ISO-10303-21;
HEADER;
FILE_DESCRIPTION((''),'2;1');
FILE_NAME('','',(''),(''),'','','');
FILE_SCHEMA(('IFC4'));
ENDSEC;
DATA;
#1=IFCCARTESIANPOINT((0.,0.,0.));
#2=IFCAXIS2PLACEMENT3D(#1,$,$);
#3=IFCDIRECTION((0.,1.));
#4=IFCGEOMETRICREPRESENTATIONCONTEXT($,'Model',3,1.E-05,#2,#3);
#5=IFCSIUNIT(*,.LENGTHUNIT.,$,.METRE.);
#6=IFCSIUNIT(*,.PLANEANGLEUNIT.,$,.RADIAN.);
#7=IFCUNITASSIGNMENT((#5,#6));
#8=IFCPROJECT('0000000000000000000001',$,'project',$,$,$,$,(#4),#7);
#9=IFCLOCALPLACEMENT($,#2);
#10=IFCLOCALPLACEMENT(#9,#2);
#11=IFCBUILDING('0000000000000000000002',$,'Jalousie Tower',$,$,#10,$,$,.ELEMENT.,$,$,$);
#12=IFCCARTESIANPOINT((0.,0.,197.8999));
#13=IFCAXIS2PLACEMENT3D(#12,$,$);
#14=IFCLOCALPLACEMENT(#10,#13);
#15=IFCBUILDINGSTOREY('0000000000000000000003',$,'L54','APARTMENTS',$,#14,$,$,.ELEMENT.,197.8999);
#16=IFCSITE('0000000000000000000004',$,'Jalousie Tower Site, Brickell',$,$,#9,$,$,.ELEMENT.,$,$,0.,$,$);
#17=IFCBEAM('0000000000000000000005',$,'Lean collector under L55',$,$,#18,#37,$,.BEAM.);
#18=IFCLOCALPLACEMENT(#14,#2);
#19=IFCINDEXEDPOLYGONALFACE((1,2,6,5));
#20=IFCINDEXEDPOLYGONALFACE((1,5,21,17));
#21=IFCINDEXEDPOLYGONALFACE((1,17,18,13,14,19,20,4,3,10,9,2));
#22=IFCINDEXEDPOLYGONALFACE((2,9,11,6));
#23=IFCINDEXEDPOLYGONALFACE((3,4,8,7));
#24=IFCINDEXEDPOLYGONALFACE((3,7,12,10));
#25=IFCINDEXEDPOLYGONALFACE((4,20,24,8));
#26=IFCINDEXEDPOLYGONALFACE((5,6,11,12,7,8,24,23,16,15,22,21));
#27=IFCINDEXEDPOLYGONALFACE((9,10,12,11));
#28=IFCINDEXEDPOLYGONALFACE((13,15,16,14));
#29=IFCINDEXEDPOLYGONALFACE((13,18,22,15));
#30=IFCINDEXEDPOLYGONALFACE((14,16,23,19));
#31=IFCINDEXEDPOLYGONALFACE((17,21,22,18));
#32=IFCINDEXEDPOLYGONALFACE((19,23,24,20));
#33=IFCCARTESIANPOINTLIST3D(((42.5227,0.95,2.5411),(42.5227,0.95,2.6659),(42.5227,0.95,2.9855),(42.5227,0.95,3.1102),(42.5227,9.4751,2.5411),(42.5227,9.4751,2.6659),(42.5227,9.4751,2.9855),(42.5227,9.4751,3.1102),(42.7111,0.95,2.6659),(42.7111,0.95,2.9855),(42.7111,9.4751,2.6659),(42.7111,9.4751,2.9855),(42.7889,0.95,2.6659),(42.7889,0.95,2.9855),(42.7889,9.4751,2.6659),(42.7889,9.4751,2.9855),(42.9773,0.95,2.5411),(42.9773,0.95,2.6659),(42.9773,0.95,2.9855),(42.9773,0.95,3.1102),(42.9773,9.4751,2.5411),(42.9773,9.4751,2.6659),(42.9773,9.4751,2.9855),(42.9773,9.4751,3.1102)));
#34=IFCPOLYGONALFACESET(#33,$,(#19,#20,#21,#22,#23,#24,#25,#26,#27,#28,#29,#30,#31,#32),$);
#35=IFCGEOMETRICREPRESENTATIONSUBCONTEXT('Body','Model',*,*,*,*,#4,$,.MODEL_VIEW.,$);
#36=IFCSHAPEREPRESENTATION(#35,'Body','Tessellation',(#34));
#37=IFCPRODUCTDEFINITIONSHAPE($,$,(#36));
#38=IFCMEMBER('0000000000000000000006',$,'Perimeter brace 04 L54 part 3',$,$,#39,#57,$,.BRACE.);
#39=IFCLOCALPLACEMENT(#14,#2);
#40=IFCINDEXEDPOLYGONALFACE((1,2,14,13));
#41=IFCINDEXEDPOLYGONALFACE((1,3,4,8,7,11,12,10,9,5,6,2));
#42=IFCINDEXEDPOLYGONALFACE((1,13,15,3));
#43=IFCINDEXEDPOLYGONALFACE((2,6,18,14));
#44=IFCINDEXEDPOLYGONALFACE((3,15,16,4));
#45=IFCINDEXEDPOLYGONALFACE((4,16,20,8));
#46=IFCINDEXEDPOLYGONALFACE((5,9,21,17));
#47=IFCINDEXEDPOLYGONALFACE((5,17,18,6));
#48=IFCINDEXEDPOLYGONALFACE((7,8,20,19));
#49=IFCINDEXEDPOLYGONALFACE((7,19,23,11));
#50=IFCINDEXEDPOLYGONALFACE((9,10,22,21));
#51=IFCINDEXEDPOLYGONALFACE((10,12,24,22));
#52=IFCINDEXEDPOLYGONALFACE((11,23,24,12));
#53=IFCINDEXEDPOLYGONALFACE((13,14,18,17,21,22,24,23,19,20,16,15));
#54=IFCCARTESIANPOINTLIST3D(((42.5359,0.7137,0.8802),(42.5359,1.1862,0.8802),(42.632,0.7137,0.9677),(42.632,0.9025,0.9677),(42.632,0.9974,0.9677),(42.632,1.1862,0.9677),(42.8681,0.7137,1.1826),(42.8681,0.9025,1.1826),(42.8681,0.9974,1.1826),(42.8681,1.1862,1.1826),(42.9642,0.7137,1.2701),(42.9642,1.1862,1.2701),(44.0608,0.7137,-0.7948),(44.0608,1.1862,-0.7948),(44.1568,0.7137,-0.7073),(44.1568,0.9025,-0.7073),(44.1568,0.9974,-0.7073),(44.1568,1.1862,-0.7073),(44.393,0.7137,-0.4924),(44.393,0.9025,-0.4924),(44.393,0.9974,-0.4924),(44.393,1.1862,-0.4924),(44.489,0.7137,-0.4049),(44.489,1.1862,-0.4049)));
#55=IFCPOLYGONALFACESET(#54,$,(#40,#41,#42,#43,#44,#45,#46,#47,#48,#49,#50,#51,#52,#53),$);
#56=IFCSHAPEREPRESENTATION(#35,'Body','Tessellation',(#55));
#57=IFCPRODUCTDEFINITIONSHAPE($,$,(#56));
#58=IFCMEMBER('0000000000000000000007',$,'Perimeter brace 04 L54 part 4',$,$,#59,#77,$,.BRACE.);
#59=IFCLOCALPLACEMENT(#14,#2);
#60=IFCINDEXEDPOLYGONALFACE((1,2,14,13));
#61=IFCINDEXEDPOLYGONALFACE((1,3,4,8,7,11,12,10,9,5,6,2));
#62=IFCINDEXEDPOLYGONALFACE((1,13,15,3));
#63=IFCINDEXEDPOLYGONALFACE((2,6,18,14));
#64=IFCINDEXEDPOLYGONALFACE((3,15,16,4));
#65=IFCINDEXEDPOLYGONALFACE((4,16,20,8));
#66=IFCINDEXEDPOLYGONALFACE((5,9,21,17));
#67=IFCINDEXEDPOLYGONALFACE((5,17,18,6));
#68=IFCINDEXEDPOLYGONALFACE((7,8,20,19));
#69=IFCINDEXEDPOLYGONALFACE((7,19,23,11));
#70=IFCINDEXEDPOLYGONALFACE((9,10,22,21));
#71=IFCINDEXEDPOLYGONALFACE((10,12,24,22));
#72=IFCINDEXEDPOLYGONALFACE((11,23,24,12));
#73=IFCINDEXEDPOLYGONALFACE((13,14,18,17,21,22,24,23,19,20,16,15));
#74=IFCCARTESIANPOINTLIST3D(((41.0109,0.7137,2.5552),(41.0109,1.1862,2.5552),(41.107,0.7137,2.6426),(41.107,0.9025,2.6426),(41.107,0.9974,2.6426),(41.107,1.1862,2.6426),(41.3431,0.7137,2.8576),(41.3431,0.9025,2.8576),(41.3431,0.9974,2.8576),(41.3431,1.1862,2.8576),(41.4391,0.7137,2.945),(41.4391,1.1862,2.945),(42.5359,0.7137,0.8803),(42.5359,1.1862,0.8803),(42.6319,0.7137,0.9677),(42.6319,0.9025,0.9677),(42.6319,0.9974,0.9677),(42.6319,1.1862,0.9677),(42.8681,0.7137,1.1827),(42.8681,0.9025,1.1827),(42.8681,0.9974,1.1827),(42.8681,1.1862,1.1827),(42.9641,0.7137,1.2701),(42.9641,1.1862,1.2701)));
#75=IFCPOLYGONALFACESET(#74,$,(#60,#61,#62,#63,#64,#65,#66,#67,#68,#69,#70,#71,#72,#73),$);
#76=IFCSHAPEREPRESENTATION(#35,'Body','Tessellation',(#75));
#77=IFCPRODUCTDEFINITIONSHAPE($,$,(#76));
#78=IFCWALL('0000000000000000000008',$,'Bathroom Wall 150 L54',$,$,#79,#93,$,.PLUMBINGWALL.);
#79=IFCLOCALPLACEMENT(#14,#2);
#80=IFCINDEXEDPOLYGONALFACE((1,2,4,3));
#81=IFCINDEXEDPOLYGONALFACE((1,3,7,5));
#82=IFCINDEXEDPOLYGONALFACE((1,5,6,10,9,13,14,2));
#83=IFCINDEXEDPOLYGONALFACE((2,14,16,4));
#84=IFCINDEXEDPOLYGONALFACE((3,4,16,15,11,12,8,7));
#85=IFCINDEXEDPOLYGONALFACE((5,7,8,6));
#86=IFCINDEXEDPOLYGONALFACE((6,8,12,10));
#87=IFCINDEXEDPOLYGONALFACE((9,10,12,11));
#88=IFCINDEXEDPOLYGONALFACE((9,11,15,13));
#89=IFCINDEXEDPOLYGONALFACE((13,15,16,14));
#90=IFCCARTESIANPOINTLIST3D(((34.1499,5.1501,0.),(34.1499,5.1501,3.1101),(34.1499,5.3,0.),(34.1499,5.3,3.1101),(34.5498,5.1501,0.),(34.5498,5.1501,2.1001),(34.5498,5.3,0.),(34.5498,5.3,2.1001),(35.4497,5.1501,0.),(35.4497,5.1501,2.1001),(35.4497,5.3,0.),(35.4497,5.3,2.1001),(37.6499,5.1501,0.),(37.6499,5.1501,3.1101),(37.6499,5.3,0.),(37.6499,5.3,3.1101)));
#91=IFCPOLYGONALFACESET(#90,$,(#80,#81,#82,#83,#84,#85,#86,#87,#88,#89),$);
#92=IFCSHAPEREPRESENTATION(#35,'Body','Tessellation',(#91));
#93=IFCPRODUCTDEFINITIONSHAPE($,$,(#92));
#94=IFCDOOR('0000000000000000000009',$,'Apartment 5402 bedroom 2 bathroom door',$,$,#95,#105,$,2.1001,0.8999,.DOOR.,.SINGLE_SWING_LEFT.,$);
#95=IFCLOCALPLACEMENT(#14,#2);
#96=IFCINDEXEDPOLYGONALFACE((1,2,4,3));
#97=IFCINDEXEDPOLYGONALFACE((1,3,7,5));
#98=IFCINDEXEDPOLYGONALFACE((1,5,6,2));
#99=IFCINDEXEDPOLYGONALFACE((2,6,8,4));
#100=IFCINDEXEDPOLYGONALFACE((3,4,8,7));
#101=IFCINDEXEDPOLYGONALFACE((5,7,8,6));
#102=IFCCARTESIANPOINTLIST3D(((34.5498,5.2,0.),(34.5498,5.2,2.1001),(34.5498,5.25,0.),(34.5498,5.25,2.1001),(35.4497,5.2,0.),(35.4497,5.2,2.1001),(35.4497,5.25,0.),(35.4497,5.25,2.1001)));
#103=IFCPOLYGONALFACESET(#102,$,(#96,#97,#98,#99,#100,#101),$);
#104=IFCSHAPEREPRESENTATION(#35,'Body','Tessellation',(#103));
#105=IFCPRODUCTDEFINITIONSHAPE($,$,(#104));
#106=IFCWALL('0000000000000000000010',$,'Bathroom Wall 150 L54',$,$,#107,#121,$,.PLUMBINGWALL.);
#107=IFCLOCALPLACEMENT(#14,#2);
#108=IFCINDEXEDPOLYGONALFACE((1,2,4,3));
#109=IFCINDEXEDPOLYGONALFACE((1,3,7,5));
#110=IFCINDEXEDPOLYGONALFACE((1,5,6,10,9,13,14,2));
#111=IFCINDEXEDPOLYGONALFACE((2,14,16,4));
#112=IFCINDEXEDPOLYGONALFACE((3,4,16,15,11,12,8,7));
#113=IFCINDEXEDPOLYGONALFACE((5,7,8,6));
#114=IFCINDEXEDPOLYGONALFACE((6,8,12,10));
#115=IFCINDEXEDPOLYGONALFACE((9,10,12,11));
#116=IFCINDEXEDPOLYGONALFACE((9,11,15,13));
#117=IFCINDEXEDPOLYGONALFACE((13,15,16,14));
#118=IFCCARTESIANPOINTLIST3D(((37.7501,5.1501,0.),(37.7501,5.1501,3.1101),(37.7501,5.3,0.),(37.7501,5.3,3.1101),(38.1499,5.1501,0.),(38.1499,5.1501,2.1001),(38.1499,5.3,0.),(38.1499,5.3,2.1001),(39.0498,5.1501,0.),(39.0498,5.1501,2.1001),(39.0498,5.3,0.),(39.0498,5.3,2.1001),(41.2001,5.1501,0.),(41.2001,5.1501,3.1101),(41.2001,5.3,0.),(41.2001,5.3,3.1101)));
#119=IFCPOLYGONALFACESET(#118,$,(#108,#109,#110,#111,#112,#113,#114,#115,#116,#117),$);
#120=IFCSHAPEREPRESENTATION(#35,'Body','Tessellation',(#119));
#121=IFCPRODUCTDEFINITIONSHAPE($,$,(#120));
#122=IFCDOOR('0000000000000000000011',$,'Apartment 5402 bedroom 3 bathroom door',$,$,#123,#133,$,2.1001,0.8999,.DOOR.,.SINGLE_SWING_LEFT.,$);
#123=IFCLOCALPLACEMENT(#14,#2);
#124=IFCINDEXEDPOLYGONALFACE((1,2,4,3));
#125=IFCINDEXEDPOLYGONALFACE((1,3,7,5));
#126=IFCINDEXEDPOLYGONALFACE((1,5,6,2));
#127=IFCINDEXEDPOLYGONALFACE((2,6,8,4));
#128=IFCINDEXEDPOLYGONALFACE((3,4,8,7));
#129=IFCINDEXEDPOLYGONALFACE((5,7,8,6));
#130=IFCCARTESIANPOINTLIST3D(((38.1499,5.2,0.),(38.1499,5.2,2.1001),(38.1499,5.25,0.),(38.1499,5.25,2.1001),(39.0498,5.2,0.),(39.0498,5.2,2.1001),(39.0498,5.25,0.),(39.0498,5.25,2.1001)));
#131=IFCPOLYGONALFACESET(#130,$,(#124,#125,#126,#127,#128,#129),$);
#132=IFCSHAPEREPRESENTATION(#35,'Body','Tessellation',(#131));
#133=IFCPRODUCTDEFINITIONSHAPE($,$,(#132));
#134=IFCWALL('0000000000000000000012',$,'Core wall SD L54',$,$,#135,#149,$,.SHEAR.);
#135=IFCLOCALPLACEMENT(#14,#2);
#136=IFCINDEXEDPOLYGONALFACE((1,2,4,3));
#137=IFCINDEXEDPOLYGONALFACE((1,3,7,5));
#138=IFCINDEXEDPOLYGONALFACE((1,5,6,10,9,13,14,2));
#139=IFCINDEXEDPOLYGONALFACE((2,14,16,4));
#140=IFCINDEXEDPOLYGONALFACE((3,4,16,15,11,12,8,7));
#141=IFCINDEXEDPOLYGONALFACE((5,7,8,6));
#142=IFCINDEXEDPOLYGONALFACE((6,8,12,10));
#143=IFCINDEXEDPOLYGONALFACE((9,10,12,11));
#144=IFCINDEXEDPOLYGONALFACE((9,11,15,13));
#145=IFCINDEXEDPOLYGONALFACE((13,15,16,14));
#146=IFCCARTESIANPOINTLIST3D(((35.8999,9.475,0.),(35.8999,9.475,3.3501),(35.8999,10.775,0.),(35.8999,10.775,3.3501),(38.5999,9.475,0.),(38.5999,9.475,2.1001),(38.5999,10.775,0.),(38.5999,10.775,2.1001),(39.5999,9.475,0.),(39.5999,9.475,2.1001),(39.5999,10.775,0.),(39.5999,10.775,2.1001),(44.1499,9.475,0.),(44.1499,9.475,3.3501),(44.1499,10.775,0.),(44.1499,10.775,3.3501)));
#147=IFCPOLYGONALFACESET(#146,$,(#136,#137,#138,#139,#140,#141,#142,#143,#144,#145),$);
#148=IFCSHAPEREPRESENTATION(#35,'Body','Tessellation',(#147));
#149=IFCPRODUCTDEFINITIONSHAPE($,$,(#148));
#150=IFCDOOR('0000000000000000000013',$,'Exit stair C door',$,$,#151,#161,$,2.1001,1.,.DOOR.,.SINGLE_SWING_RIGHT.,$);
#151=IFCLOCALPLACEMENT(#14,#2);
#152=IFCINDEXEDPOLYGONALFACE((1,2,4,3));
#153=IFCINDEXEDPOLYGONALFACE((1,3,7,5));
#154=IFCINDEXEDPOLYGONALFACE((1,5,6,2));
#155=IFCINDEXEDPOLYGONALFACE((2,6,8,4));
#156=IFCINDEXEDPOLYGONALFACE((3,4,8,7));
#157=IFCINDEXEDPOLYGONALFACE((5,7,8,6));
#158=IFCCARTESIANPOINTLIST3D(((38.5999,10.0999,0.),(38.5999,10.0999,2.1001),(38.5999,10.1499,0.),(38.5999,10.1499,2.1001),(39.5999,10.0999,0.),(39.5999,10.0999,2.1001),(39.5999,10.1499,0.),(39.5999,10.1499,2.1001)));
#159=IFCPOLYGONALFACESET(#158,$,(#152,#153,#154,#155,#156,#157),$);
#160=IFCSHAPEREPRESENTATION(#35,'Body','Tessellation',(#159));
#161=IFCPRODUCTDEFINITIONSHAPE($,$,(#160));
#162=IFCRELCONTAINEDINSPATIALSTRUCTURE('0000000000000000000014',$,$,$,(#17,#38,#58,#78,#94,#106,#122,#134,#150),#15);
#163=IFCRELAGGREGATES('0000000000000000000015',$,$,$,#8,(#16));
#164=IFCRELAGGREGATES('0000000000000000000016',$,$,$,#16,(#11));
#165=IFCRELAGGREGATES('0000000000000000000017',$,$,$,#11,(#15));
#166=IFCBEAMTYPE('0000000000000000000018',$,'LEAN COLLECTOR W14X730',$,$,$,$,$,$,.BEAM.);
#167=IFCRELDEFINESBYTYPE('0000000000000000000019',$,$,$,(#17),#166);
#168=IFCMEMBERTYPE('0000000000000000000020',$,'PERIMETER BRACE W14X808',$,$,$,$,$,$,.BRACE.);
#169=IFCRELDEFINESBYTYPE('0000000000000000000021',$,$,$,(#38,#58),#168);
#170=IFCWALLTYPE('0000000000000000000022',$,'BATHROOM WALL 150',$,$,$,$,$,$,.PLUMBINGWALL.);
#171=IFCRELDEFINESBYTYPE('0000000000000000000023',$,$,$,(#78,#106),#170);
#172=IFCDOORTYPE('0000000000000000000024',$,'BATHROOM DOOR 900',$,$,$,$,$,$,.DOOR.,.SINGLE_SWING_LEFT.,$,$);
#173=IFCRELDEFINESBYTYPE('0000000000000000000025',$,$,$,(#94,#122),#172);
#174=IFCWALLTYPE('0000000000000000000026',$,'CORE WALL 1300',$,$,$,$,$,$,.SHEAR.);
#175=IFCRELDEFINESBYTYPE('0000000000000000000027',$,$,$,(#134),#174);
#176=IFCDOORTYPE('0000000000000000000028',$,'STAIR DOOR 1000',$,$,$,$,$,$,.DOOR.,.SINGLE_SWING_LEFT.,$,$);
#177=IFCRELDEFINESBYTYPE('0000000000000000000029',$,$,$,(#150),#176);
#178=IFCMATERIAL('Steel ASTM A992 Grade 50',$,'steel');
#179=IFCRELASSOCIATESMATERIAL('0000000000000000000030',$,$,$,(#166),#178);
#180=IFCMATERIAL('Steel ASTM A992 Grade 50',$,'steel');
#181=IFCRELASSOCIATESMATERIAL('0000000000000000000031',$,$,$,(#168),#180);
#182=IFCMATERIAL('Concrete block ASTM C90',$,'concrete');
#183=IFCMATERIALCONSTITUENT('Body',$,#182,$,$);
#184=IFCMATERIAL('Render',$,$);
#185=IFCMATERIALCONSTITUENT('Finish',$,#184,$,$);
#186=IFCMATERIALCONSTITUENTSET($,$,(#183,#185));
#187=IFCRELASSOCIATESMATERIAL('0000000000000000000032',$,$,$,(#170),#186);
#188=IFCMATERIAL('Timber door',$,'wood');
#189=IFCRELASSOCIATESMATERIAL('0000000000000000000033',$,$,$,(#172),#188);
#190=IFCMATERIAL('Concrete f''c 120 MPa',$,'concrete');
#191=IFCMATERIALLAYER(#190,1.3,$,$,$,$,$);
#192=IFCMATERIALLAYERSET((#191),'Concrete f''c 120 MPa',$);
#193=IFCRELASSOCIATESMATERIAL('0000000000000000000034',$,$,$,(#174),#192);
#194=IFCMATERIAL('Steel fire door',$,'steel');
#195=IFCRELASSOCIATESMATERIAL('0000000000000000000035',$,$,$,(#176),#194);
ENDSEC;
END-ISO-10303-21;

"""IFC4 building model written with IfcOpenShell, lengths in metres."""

from ifc_helpers import new_model, si_unit, direction, frame, frame_2d, origin, origin_2d, place, context, subcontext, project, spatial, rectangle, i_section, extrude, material, layer, layer_set, constituent, constituent_set, material_profile, profile_set, type_object, element, fill, save


model = new_model("IFC4")

# Units and contexts
model_context = context("Model", 3, precision=1e-05, world=origin(), true_north=direction((0.0, 1.0)))
body_context = subcontext(model_context, "Body", "Model", "MODEL_VIEW")
ifc_project = project(units=[si_unit("LENGTHUNIT", "METRE"), si_unit("PLANEANGLEUNIT", "RADIAN")], contexts=[model_context])

# Site, building, storey
site_placement = place(None, origin())
site = spatial("IfcSite", under=ifc_project, at=site_placement, Name="Jalousie Tower Site, Brickell", CompositionType="ELEMENT", RefElevation=0.0)
building_placement = place(site_placement, origin())
building = spatial("IfcBuilding", under=site, at=building_placement, Name="Jalousie Tower", CompositionType="ELEMENT")
storey_placement = place(building_placement, frame((0.0, 0.0, 197.8999)))
storey = spatial("IfcBuildingStorey", under=building, at=storey_placement, Name="L54", Description="APARTMENTS", CompositionType="ELEMENT", Elevation=197.8999)

# Beam
ifc_material_1 = material(Name="Steel ASTM A992 Grade 50", Category="steel")
ifc_material_profile_1 = material_profile(ifc_material_1, i_section(OverallWidth=0.4546, OverallDepth=0.5691, WebThickness=0.0779, FlangeThickness=0.1248, at=origin_2d()), Name="W14X730")
ifc_profile_set_1 = profile_set([ifc_material_profile_1], Name="Steel ASTM A992 Grade 50")
beam_type = type_object("IfcBeamType", Name="LEAN COLLECTOR W14X730", PredefinedType="BEAM", material=ifc_profile_set_1)
beam_placement = place(storey_placement, frame((42.75, 0.95, 2.8257), z_axis=(0.0, 1.0, 0.0), x_axis=(-1.0, 0.0, 0.0)))
element("IfcBeam", 1, at=beam_placement, inside=storey, type_object=beam_type, Name="Lean collector under L55", PredefinedType="BEAM", context=body_context, shape_type="SweptSolid", body=[
    extrude(i_section(OverallWidth=0.4546, OverallDepth=0.5691, WebThickness=0.0779, FlangeThickness=0.1248, at=origin_2d()), origin(), (0.0, 0.0, 1.0), 8.5251),
])

# Members
ifc_material_2 = material(Name="Steel ASTM A992 Grade 50", Category="steel")
ifc_material_profile_2 = material_profile(ifc_material_2, i_section(OverallWidth=0.4724, OverallDepth=0.5791, WebThickness=0.095, FlangeThickness=0.1299, at=origin_2d()), Name="W14X808")
ifc_profile_set_2 = profile_set([ifc_material_profile_2], Name="Steel ASTM A992 Grade 50")
member_type = type_object("IfcMemberType", Name="PERIMETER BRACE W14X808", PredefinedType="BRACE", material=ifc_profile_set_2)
for number, where, z_axis, x_axis, name in (
    (2, (44.2749, 0.95, -0.5999), (-0.673188, 0.0, 0.739472), (0.0, -1.0, 0.0), "Perimeter brace 04 L54 part 3"),
    (3, (42.75, 0.95, 1.0752), (-0.673241, 0.0, 0.739423), (0.0, -1.0, 0.0), "Perimeter brace 04 L54 part 4"),
):
    element("IfcMember", number, at=place(storey_placement, frame(where, z_axis=z_axis, x_axis=x_axis)), inside=storey, type_object=member_type, Name=name, PredefinedType="BRACE", context=body_context, shape_type="SweptSolid", body=[
        extrude(i_section(OverallWidth=0.4724, OverallDepth=0.5791, WebThickness=0.095, FlangeThickness=0.1299, at=origin_2d()), origin(), (0.0, 0.0, 1.0), 2.2651),
    ])

# Walls, openings, doors
ifc_material_3 = material(Name="Concrete block ASTM C90", Category="concrete")
ifc_constituent_1 = constituent(ifc_material_3, Name="Body")
ifc_material_4 = material(Name="Render")
ifc_constituent_2 = constituent(ifc_material_4, Name="Finish")
ifc_constituent_set_1 = constituent_set(constituents=[ifc_constituent_1, ifc_constituent_2])
wall_type_1 = type_object("IfcWallType", Name="BATHROOM WALL 150", PredefinedType="PLUMBINGWALL", material=ifc_constituent_set_1)
wall_1_placement = place(storey_placement, frame((34.1499, 5.2251, 0.0), z_axis=(0.0, 0.0, 1.0), x_axis=(1.0, 0.0, 0.0)))
wall_1 = element("IfcWall", 4, at=wall_1_placement, inside=storey, type_object=wall_type_1, Name="Bathroom Wall 150 L54", PredefinedType="PLUMBINGWALL", context=body_context, shape_type="SweptSolid", body=[
    extrude(rectangle(XDim=3.5, YDim=0.1499, at=frame_2d((1.75, 0.0))), origin(), (0.0, 0.0, 1.0), 3.1101),
])
opening_1_placement = place(wall_1_placement, frame((0.3999, 0.0, 0.0)))
opening_1 = element("IfcOpeningElement", 5, at=opening_1_placement, cuts=wall_1, PredefinedType="OPENING", context=body_context, shape_type="SweptSolid", body=[
    extrude(rectangle(XDim=0.8999, YDim=2.1001, at=frame_2d((0.45, 1.05))), frame((0.0, 0.085, 0.0), z_axis=(0.0, -1.0, 0.0), x_axis=(1.0, 0.0, 0.0)), (0.0, 0.0, 1.0), 0.1699),
])
ifc_material_5 = material(Name="Timber door", Category="wood")
door_type_1 = type_object("IfcDoorType", Name="BATHROOM DOOR 900", OperationType="SINGLE_SWING_LEFT", PredefinedType="DOOR", material=ifc_material_5)
door_1_placement = place(opening_1_placement, origin())
door_1 = element("IfcDoor", 6, at=door_1_placement, inside=storey, type_object=door_type_1, Name="Apartment 5402 bedroom 2 bathroom door", OperationType="SINGLE_SWING_LEFT", OverallHeight=2.1001, OverallWidth=0.8999, PredefinedType="DOOR", context=body_context, shape_type="SweptSolid", body=[
    extrude(rectangle(XDim=0.8999, YDim=2.1001, at=frame_2d((0.45, 1.05))), frame((0.0, 0.0249, 0.0), z_axis=(0.0, -1.0, 0.0), x_axis=(1.0, 0.0, 0.0)), (0.0, 0.0, 1.0), 0.05),
])
fill(opening_1, door_1)
wall_2_placement = place(storey_placement, frame((37.75, 5.2251, 0.0), z_axis=(0.0, 0.0, 1.0), x_axis=(1.0, 0.0, 0.0)))
wall_2 = element("IfcWall", 7, at=wall_2_placement, inside=storey, type_object=wall_type_1, Name="Bathroom Wall 150 L54", PredefinedType="PLUMBINGWALL", context=body_context, shape_type="SweptSolid", body=[
    extrude(rectangle(XDim=3.45, YDim=0.1499, at=frame_2d((1.7251, 0.0))), origin(), (0.0, 0.0, 1.0), 3.1101),
])
opening_2_placement = place(wall_2_placement, frame((0.3999, 0.0, 0.0)))
opening_2 = element("IfcOpeningElement", 8, at=opening_2_placement, cuts=wall_2, PredefinedType="OPENING", context=body_context, shape_type="SweptSolid", body=[
    extrude(rectangle(XDim=0.8999, YDim=2.1001, at=frame_2d((0.45, 1.05))), frame((0.0, 0.085, 0.0), z_axis=(0.0, -1.0, 0.0), x_axis=(1.0, 0.0, 0.0)), (0.0, 0.0, 1.0), 0.1699),
])
door_2_placement = place(opening_2_placement, origin())
door_2 = element("IfcDoor", 9, at=door_2_placement, inside=storey, type_object=door_type_1, Name="Apartment 5402 bedroom 3 bathroom door", OperationType="SINGLE_SWING_LEFT", OverallHeight=2.1001, OverallWidth=0.8999, PredefinedType="DOOR", context=body_context, shape_type="SweptSolid", body=[
    extrude(rectangle(XDim=0.8999, YDim=2.1001, at=frame_2d((0.45, 1.05))), frame((0.0, 0.0249, 0.0), z_axis=(0.0, -1.0, 0.0), x_axis=(1.0, 0.0, 0.0)), (0.0, 0.0, 1.0), 0.05),
])
fill(opening_2, door_2)
ifc_material_6 = material(Name="Concrete f'c 120 MPa", Category="concrete")
ifc_layer_1 = layer(ifc_material_6, 1.3)
ifc_layer_set_1 = layer_set([ifc_layer_1], Name="Concrete f'c 120 MPa")
wall_type_2 = type_object("IfcWallType", Name="CORE WALL 1300", PredefinedType="SHEAR", material=ifc_layer_set_1)
wall_3_placement = place(storey_placement, frame((35.8999, 10.125, 0.0), z_axis=(0.0, 0.0, 1.0), x_axis=(1.0, 0.0, 0.0)))
wall_3 = element("IfcWall", 10, at=wall_3_placement, inside=storey, type_object=wall_type_2, Name="Core wall SD L54", PredefinedType="SHEAR", context=body_context, shape_type="SweptSolid", body=[
    extrude(rectangle(XDim=8.25, YDim=1.3, at=frame_2d((4.125, 0.0))), origin(), (0.0, 0.0, 1.0), 3.3501),
])
opening_3_placement = place(wall_3_placement, frame((2.7, 0.0, 0.0)))
opening_3 = element("IfcOpeningElement", 11, at=opening_3_placement, cuts=wall_3, PredefinedType="OPENING", context=body_context, shape_type="SweptSolid", body=[
    extrude(rectangle(XDim=1.0, YDim=2.1001, at=frame_2d((0.5, 1.05))), frame((0.0, 0.6599, 0.0), z_axis=(0.0, -1.0, 0.0), x_axis=(1.0, 0.0, 0.0)), (0.0, 0.0, 1.0), 1.3201),
])
ifc_material_7 = material(Name="Steel fire door", Category="steel")
door_type_2 = type_object("IfcDoorType", Name="STAIR DOOR 1000", OperationType="SINGLE_SWING_LEFT", PredefinedType="DOOR", material=ifc_material_7)
door_3_placement = place(opening_3_placement, origin())
door_3 = element("IfcDoor", 12, at=door_3_placement, inside=storey, type_object=door_type_2, Name="Exit stair C door", OperationType="SINGLE_SWING_RIGHT", OverallHeight=2.1001, OverallWidth=1.0, PredefinedType="DOOR", context=body_context, shape_type="SweptSolid", body=[
    extrude(rectangle(XDim=1.0, YDim=2.1001, at=frame_2d((0.5, 1.05))), frame((0.0, 0.0249, 0.0), z_axis=(0.0, -1.0, 0.0), x_axis=(1.0, 0.0, 0.0)), (0.0, 0.0, 1.0), 0.05),
])
fill(opening_3, door_3)

save(model, "model.ifc")
